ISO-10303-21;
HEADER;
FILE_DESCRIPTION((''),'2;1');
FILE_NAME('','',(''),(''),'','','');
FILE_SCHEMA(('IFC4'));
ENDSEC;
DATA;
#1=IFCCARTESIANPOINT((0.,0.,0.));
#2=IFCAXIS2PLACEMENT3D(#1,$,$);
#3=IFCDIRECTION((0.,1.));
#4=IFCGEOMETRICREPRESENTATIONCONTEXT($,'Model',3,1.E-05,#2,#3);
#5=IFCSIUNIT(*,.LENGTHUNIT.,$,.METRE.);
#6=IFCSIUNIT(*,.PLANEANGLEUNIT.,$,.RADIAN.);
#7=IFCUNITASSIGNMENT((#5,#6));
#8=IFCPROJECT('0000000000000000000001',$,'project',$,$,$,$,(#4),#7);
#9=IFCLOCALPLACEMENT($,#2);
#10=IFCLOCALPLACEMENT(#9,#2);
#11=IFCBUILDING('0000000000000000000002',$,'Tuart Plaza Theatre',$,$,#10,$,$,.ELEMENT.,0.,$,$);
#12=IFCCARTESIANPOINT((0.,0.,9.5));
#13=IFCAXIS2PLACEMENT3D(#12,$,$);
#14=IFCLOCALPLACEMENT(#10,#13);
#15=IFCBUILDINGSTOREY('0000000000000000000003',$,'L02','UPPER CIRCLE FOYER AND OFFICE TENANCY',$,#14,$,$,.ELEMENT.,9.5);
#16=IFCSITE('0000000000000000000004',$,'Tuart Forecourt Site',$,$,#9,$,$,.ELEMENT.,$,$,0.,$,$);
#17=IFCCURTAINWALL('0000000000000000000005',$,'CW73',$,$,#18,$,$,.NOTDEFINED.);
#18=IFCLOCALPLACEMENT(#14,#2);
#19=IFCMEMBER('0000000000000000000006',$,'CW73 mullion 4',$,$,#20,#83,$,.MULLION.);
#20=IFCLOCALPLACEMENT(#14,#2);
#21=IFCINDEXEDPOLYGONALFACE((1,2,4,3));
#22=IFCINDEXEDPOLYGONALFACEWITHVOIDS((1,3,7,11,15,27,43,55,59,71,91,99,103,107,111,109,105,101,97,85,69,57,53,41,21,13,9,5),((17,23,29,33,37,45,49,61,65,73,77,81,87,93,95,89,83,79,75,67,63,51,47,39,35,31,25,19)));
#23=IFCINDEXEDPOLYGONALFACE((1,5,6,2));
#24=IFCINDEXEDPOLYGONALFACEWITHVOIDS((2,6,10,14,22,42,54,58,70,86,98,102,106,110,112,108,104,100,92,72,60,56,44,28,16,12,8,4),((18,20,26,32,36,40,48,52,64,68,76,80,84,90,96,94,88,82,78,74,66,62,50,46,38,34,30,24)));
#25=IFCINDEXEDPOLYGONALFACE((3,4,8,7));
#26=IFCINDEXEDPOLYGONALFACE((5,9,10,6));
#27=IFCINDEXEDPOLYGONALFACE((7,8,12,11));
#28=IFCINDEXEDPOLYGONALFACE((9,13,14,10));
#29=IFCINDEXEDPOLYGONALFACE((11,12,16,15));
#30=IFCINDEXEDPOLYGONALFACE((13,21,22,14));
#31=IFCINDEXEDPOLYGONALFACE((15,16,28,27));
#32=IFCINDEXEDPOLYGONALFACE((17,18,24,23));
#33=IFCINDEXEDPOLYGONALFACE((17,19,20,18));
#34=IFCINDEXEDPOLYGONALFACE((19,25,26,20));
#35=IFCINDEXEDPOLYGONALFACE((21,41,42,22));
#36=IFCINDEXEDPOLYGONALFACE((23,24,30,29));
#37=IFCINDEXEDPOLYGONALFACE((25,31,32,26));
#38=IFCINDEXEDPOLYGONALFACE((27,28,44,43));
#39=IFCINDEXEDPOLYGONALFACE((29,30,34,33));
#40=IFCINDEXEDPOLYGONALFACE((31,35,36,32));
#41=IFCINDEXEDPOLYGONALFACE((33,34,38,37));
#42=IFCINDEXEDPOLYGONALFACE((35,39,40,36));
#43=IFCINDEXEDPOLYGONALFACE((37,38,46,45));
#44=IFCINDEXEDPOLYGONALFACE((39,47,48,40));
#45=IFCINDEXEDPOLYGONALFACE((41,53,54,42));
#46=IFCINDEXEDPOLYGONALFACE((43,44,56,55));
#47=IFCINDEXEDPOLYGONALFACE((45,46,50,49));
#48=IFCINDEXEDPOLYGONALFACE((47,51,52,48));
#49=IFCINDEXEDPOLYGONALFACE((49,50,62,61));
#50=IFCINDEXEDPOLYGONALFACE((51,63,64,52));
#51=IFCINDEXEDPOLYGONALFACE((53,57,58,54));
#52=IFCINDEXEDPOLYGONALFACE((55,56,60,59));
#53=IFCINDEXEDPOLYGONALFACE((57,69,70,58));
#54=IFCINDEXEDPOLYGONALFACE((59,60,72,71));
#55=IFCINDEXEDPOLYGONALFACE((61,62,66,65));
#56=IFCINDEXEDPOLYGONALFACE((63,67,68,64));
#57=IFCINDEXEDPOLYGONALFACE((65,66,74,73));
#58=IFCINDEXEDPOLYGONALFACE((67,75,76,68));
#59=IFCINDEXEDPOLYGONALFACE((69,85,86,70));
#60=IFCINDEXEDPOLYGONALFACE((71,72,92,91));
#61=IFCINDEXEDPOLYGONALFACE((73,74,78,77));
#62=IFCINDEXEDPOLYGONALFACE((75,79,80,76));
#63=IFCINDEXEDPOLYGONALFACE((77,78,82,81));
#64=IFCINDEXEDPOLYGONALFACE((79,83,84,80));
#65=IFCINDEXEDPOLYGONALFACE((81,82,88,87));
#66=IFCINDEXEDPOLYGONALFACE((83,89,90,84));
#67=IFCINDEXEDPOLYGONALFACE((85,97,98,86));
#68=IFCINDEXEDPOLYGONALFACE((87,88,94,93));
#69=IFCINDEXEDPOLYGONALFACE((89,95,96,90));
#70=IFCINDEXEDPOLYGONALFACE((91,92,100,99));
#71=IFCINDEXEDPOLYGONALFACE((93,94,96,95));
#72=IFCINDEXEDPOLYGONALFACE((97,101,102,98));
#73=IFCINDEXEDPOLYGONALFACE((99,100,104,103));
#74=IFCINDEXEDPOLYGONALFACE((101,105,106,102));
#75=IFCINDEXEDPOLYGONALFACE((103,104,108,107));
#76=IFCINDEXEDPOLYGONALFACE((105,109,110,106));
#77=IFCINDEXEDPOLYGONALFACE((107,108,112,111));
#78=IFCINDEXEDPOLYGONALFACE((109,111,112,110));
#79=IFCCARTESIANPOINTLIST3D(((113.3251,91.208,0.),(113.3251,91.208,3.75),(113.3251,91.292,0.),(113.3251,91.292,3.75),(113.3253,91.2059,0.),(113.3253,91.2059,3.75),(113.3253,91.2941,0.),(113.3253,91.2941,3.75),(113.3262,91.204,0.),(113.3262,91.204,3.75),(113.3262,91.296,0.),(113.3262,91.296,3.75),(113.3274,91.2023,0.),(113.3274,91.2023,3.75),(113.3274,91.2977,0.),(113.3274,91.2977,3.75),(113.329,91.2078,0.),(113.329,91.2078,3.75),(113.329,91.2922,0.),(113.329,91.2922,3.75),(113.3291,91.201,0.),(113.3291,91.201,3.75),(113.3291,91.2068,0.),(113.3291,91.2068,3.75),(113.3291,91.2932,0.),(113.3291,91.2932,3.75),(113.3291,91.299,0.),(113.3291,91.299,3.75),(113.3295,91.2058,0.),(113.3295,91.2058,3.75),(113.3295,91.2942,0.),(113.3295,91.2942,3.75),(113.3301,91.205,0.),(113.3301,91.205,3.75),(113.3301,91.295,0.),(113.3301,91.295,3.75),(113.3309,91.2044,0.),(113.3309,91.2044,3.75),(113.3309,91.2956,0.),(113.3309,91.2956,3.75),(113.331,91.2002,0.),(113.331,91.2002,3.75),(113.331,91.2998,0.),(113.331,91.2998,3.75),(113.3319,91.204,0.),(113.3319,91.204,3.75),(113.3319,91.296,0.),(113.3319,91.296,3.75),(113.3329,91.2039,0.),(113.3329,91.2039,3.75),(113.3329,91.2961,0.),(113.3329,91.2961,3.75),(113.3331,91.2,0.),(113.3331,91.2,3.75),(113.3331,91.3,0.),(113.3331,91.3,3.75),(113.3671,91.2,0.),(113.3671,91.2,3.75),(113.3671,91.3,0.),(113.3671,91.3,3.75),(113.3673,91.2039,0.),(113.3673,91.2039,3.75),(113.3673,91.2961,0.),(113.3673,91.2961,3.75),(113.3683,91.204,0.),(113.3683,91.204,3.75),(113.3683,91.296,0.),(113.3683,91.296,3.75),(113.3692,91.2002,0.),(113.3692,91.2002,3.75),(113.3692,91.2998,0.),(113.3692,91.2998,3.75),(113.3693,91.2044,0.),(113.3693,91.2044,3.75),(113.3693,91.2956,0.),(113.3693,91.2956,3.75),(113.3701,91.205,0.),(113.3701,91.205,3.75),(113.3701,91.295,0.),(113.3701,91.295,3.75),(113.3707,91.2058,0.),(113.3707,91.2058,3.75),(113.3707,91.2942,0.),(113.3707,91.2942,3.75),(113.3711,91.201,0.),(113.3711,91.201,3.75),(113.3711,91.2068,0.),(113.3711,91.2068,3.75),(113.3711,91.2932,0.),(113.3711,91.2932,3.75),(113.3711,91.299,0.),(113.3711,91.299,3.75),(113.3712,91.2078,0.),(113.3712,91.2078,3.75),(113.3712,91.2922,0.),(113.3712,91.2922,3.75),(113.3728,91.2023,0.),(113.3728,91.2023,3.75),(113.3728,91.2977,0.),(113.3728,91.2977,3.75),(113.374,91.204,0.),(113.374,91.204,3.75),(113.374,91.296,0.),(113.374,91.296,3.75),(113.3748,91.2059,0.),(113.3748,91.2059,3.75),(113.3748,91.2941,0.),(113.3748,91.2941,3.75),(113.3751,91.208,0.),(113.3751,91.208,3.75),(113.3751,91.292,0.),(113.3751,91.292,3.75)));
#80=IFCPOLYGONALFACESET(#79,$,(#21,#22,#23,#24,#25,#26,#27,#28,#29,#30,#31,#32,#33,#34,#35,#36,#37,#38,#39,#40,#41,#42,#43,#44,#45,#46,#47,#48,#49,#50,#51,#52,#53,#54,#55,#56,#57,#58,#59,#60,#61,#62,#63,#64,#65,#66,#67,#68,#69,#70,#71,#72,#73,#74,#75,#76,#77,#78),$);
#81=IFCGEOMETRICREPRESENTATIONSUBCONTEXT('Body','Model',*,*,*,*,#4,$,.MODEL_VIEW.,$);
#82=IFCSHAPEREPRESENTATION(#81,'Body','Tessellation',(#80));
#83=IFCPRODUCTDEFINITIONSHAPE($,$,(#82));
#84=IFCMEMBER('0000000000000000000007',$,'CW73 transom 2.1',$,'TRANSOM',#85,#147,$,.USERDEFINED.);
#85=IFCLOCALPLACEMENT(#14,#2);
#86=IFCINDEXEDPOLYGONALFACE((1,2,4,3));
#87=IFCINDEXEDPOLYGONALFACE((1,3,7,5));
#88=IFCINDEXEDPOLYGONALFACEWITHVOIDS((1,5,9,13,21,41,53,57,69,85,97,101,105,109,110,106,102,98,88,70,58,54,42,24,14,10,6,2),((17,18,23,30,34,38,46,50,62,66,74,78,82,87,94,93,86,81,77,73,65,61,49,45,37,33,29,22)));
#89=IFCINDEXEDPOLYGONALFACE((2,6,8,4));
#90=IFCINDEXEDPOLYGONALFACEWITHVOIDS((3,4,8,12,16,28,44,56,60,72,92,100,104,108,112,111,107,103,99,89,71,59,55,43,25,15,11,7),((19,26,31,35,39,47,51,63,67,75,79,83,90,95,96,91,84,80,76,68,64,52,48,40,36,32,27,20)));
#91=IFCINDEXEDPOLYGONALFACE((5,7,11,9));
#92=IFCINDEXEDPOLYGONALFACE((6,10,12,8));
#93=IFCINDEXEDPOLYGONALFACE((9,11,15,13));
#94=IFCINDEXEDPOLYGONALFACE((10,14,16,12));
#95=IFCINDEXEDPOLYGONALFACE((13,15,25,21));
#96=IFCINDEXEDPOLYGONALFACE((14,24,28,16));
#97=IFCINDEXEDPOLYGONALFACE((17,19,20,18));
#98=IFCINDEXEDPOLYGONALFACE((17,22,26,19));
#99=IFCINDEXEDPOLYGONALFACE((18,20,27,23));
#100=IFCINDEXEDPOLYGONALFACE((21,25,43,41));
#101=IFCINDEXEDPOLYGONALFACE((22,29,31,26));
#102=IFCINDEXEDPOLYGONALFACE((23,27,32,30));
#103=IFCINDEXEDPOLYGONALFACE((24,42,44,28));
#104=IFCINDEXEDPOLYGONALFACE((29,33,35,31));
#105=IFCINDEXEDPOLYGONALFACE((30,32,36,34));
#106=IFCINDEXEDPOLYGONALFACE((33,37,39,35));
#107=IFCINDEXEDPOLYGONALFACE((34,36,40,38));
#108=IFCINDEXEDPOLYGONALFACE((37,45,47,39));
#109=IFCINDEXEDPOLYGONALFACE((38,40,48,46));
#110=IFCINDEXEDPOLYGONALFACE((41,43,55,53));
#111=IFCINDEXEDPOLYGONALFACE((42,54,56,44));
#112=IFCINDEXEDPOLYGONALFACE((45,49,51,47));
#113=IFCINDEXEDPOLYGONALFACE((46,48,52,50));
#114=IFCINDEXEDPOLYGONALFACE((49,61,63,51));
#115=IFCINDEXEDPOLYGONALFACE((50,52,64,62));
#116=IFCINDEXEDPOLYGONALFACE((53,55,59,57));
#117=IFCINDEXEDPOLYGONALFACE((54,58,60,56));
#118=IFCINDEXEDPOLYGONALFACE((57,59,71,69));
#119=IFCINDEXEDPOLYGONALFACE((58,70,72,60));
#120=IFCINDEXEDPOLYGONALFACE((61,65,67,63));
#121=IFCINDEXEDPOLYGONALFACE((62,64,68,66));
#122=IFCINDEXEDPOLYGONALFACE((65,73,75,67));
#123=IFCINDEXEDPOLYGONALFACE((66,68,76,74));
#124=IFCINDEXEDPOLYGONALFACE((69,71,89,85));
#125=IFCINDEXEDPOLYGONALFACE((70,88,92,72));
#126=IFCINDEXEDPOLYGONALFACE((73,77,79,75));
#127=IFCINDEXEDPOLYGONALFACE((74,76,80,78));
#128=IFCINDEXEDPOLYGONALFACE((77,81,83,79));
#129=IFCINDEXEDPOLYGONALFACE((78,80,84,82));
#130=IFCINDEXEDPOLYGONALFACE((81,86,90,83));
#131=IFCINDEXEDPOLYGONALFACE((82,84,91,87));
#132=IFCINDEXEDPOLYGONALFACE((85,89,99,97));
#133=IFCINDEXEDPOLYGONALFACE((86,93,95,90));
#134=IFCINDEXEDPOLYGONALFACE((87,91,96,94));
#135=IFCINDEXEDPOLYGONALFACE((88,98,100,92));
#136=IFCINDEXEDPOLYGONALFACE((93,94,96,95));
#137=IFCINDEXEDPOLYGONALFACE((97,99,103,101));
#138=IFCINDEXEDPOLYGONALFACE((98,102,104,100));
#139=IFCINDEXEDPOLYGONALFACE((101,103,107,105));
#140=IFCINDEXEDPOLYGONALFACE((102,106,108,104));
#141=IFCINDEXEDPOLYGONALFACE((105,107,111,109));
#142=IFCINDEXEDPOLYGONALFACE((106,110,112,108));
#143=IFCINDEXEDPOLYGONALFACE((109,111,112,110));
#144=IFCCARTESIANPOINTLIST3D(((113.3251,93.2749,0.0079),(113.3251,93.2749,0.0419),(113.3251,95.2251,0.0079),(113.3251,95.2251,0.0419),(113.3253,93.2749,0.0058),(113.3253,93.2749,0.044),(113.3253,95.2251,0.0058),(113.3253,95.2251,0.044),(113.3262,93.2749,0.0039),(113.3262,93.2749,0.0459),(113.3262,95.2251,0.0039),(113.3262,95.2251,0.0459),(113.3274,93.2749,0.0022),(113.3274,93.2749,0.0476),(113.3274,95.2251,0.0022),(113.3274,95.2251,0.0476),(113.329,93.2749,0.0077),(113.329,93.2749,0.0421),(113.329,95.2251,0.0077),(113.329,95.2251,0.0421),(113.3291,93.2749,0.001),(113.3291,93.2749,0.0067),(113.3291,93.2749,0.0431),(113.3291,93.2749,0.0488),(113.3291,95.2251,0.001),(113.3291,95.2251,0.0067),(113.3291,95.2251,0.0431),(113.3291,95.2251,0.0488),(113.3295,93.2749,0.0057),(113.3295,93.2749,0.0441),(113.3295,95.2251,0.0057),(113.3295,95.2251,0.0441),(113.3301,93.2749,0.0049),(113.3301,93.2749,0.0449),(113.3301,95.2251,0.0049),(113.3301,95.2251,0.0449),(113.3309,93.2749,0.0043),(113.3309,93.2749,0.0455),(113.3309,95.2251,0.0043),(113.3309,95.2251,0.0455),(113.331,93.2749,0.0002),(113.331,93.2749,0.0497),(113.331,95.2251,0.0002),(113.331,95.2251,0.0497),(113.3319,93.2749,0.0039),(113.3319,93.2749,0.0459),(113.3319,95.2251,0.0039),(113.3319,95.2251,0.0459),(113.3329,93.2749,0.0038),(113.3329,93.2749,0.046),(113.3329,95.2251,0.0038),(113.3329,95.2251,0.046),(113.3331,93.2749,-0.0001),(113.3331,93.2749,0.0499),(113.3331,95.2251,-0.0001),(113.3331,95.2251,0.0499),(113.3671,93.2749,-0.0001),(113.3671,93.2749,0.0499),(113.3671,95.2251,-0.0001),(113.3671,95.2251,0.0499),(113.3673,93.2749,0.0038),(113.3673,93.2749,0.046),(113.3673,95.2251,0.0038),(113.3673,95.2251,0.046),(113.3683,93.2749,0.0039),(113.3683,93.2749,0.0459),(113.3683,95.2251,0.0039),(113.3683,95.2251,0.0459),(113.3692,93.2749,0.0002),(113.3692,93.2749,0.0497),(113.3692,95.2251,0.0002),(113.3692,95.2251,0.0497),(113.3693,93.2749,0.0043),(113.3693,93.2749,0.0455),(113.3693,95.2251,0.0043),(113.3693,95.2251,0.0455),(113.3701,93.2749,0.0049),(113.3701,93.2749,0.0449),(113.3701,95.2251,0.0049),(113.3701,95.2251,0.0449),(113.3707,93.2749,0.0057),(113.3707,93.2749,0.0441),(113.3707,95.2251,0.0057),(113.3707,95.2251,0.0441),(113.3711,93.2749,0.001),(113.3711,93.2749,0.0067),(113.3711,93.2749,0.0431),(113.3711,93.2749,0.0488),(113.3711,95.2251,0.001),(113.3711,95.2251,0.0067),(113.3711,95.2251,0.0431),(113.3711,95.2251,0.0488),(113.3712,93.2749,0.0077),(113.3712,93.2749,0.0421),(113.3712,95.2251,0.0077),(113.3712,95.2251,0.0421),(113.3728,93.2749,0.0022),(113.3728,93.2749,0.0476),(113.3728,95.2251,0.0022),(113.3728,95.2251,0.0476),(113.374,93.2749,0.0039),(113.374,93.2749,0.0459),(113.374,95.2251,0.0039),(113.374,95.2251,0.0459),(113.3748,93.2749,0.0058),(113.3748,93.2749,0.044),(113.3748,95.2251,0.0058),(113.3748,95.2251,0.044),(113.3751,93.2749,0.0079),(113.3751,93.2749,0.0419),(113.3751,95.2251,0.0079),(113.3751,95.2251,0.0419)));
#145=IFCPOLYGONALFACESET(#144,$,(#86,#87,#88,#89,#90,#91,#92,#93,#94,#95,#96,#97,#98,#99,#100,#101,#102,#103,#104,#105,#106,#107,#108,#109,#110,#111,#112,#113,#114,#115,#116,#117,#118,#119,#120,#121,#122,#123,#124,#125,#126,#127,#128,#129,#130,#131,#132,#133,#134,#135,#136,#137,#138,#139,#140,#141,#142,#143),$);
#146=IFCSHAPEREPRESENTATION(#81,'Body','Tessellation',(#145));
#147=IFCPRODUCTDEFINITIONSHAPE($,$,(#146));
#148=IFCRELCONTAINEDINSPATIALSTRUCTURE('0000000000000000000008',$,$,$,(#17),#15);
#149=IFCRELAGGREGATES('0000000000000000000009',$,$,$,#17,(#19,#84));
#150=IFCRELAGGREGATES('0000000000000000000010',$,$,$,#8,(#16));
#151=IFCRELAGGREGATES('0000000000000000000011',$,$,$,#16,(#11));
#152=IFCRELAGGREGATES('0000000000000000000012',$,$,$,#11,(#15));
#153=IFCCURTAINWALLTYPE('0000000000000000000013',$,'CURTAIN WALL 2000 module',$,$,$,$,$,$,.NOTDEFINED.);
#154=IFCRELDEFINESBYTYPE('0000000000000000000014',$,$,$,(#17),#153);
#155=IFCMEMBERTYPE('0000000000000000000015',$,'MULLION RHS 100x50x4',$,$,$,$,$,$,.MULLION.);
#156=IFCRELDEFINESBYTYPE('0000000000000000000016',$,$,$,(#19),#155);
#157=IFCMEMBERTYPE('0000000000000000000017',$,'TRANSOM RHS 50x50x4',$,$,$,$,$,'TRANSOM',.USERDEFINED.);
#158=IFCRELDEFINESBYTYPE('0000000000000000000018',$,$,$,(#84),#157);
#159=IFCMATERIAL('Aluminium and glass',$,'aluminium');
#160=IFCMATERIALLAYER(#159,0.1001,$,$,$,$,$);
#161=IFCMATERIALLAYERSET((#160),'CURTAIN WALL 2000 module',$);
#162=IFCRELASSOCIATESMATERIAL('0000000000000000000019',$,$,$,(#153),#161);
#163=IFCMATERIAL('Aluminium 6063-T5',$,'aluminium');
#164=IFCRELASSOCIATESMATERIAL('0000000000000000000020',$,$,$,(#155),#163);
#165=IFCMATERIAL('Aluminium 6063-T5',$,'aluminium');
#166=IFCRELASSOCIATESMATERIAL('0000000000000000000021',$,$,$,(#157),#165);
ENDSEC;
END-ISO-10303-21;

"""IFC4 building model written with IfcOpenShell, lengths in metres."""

from ifc_helpers import new_model, si_unit, direction, frame, origin, origin_2d, place, context, subcontext, project, spatial, hollow_rectangle, extrude, material, layer, layer_set, material_profile, profile_set, type_object, element, aggregate, save


model = new_model("IFC4")

# Units and contexts
model_context = context("Model", 3, precision=1e-05, world=origin(), true_north=direction((0.0, 1.0)))
body_context = subcontext(model_context, "Body", "Model", "MODEL_VIEW")
ifc_project = project(units=[si_unit("LENGTHUNIT", "METRE"), si_unit("PLANEANGLEUNIT", "RADIAN")], contexts=[model_context])

# Site, building, storey
site_placement = place(None, origin())
site = spatial("IfcSite", under=ifc_project, at=site_placement, Name="Tuart Forecourt Site", CompositionType="ELEMENT", RefElevation=0.0)
building_placement = place(site_placement, origin())
building = spatial("IfcBuilding", under=site, at=building_placement, Name="Tuart Plaza Theatre", CompositionType="ELEMENT", ElevationOfRefHeight=0.0)
storey_placement = place(building_placement, frame((0.0, 0.0, 9.5)))
storey = spatial("IfcBuildingStorey", under=building, at=storey_placement, Name="L02", Description="UPPER CIRCLE FOYER AND OFFICE TENANCY", CompositionType="ELEMENT", Elevation=9.5)

# Curtain wall, members
ifc_material_1 = material(Name="Aluminium and glass", Category="aluminium")
ifc_layer_1 = layer(ifc_material_1, 0.1001)
ifc_layer_set_1 = layer_set([ifc_layer_1], Name="CURTAIN WALL 2000 module")
curtain_wall_type = type_object("IfcCurtainWallType", Name="CURTAIN WALL 2000 module", PredefinedType="NOTDEFINED", material=ifc_layer_set_1)
curtain_wall_placement = place(storey_placement, origin())
curtain_wall = element("IfcCurtainWall", 1, at=curtain_wall_placement, inside=storey, type_object=curtain_wall_type, Name="CW73", PredefinedType="NOTDEFINED")
ifc_material_2 = material(Name="Aluminium 6063-T5", Category="aluminium")
ifc_material_profile_1 = material_profile(ifc_material_2, hollow_rectangle(XDim=0.05, YDim=0.1001, WallThickness=0.0039, InnerFilletRadius=0.0039, OuterFilletRadius=0.0081, at=origin_2d()), Name="RHS 100x50x4")
ifc_profile_set_1 = profile_set([ifc_material_profile_1], Name="Aluminium 6063-T5")
member_type_1 = type_object("IfcMemberType", Name="MULLION RHS 100x50x4", PredefinedType="MULLION", material=ifc_profile_set_1)
member_1_placement = place(storey_placement, frame((113.3501, 91.25, 0.0), z_axis=(0.0, 0.0, 1.0), x_axis=(1.0, 0.0, 0.0)))
member_1 = element("IfcMember", 2, at=member_1_placement, type_object=member_type_1, Name="CW73 mullion 4", PredefinedType="MULLION", context=body_context, shape_type="SweptSolid", body=[
    extrude(hollow_rectangle(XDim=0.05, YDim=0.1001, WallThickness=0.0039, InnerFilletRadius=0.0039, OuterFilletRadius=0.0081, at=origin_2d()), origin(), (0.0, 0.0, 1.0), 3.75),
])
ifc_material_3 = material(Name="Aluminium 6063-T5", Category="aluminium")
ifc_material_profile_2 = material_profile(ifc_material_3, hollow_rectangle(XDim=0.05, YDim=0.05, WallThickness=0.0039, InnerFilletRadius=0.0039, OuterFilletRadius=0.0081, at=origin_2d()), Name="RHS 50x50x4")
ifc_profile_set_2 = profile_set([ifc_material_profile_2], Name="Aluminium 6063-T5")
member_type_2 = type_object("IfcMemberType", Name="TRANSOM RHS 50x50x4", ElementType="TRANSOM", PredefinedType="USERDEFINED", material=ifc_profile_set_2)
member_2_placement = place(storey_placement, frame((113.3501, 95.2251, 0.0249), z_axis=(0.0, -1.0, 0.0), x_axis=(1.0, 0.0, 0.0)))
member_2 = element("IfcMember", 3, at=member_2_placement, type_object=member_type_2, Name="CW73 transom 2.1", ObjectType="TRANSOM", PredefinedType="USERDEFINED", context=body_context, shape_type="SweptSolid", body=[
    extrude(hollow_rectangle(XDim=0.05, YDim=0.05, WallThickness=0.0039, InnerFilletRadius=0.0039, OuterFilletRadius=0.0081, at=origin_2d()), origin(), (0.0, 0.0, 1.0), 1.9502),
])
aggregate(curtain_wall, [member_1, member_2])

save(model, "model.ifc")
